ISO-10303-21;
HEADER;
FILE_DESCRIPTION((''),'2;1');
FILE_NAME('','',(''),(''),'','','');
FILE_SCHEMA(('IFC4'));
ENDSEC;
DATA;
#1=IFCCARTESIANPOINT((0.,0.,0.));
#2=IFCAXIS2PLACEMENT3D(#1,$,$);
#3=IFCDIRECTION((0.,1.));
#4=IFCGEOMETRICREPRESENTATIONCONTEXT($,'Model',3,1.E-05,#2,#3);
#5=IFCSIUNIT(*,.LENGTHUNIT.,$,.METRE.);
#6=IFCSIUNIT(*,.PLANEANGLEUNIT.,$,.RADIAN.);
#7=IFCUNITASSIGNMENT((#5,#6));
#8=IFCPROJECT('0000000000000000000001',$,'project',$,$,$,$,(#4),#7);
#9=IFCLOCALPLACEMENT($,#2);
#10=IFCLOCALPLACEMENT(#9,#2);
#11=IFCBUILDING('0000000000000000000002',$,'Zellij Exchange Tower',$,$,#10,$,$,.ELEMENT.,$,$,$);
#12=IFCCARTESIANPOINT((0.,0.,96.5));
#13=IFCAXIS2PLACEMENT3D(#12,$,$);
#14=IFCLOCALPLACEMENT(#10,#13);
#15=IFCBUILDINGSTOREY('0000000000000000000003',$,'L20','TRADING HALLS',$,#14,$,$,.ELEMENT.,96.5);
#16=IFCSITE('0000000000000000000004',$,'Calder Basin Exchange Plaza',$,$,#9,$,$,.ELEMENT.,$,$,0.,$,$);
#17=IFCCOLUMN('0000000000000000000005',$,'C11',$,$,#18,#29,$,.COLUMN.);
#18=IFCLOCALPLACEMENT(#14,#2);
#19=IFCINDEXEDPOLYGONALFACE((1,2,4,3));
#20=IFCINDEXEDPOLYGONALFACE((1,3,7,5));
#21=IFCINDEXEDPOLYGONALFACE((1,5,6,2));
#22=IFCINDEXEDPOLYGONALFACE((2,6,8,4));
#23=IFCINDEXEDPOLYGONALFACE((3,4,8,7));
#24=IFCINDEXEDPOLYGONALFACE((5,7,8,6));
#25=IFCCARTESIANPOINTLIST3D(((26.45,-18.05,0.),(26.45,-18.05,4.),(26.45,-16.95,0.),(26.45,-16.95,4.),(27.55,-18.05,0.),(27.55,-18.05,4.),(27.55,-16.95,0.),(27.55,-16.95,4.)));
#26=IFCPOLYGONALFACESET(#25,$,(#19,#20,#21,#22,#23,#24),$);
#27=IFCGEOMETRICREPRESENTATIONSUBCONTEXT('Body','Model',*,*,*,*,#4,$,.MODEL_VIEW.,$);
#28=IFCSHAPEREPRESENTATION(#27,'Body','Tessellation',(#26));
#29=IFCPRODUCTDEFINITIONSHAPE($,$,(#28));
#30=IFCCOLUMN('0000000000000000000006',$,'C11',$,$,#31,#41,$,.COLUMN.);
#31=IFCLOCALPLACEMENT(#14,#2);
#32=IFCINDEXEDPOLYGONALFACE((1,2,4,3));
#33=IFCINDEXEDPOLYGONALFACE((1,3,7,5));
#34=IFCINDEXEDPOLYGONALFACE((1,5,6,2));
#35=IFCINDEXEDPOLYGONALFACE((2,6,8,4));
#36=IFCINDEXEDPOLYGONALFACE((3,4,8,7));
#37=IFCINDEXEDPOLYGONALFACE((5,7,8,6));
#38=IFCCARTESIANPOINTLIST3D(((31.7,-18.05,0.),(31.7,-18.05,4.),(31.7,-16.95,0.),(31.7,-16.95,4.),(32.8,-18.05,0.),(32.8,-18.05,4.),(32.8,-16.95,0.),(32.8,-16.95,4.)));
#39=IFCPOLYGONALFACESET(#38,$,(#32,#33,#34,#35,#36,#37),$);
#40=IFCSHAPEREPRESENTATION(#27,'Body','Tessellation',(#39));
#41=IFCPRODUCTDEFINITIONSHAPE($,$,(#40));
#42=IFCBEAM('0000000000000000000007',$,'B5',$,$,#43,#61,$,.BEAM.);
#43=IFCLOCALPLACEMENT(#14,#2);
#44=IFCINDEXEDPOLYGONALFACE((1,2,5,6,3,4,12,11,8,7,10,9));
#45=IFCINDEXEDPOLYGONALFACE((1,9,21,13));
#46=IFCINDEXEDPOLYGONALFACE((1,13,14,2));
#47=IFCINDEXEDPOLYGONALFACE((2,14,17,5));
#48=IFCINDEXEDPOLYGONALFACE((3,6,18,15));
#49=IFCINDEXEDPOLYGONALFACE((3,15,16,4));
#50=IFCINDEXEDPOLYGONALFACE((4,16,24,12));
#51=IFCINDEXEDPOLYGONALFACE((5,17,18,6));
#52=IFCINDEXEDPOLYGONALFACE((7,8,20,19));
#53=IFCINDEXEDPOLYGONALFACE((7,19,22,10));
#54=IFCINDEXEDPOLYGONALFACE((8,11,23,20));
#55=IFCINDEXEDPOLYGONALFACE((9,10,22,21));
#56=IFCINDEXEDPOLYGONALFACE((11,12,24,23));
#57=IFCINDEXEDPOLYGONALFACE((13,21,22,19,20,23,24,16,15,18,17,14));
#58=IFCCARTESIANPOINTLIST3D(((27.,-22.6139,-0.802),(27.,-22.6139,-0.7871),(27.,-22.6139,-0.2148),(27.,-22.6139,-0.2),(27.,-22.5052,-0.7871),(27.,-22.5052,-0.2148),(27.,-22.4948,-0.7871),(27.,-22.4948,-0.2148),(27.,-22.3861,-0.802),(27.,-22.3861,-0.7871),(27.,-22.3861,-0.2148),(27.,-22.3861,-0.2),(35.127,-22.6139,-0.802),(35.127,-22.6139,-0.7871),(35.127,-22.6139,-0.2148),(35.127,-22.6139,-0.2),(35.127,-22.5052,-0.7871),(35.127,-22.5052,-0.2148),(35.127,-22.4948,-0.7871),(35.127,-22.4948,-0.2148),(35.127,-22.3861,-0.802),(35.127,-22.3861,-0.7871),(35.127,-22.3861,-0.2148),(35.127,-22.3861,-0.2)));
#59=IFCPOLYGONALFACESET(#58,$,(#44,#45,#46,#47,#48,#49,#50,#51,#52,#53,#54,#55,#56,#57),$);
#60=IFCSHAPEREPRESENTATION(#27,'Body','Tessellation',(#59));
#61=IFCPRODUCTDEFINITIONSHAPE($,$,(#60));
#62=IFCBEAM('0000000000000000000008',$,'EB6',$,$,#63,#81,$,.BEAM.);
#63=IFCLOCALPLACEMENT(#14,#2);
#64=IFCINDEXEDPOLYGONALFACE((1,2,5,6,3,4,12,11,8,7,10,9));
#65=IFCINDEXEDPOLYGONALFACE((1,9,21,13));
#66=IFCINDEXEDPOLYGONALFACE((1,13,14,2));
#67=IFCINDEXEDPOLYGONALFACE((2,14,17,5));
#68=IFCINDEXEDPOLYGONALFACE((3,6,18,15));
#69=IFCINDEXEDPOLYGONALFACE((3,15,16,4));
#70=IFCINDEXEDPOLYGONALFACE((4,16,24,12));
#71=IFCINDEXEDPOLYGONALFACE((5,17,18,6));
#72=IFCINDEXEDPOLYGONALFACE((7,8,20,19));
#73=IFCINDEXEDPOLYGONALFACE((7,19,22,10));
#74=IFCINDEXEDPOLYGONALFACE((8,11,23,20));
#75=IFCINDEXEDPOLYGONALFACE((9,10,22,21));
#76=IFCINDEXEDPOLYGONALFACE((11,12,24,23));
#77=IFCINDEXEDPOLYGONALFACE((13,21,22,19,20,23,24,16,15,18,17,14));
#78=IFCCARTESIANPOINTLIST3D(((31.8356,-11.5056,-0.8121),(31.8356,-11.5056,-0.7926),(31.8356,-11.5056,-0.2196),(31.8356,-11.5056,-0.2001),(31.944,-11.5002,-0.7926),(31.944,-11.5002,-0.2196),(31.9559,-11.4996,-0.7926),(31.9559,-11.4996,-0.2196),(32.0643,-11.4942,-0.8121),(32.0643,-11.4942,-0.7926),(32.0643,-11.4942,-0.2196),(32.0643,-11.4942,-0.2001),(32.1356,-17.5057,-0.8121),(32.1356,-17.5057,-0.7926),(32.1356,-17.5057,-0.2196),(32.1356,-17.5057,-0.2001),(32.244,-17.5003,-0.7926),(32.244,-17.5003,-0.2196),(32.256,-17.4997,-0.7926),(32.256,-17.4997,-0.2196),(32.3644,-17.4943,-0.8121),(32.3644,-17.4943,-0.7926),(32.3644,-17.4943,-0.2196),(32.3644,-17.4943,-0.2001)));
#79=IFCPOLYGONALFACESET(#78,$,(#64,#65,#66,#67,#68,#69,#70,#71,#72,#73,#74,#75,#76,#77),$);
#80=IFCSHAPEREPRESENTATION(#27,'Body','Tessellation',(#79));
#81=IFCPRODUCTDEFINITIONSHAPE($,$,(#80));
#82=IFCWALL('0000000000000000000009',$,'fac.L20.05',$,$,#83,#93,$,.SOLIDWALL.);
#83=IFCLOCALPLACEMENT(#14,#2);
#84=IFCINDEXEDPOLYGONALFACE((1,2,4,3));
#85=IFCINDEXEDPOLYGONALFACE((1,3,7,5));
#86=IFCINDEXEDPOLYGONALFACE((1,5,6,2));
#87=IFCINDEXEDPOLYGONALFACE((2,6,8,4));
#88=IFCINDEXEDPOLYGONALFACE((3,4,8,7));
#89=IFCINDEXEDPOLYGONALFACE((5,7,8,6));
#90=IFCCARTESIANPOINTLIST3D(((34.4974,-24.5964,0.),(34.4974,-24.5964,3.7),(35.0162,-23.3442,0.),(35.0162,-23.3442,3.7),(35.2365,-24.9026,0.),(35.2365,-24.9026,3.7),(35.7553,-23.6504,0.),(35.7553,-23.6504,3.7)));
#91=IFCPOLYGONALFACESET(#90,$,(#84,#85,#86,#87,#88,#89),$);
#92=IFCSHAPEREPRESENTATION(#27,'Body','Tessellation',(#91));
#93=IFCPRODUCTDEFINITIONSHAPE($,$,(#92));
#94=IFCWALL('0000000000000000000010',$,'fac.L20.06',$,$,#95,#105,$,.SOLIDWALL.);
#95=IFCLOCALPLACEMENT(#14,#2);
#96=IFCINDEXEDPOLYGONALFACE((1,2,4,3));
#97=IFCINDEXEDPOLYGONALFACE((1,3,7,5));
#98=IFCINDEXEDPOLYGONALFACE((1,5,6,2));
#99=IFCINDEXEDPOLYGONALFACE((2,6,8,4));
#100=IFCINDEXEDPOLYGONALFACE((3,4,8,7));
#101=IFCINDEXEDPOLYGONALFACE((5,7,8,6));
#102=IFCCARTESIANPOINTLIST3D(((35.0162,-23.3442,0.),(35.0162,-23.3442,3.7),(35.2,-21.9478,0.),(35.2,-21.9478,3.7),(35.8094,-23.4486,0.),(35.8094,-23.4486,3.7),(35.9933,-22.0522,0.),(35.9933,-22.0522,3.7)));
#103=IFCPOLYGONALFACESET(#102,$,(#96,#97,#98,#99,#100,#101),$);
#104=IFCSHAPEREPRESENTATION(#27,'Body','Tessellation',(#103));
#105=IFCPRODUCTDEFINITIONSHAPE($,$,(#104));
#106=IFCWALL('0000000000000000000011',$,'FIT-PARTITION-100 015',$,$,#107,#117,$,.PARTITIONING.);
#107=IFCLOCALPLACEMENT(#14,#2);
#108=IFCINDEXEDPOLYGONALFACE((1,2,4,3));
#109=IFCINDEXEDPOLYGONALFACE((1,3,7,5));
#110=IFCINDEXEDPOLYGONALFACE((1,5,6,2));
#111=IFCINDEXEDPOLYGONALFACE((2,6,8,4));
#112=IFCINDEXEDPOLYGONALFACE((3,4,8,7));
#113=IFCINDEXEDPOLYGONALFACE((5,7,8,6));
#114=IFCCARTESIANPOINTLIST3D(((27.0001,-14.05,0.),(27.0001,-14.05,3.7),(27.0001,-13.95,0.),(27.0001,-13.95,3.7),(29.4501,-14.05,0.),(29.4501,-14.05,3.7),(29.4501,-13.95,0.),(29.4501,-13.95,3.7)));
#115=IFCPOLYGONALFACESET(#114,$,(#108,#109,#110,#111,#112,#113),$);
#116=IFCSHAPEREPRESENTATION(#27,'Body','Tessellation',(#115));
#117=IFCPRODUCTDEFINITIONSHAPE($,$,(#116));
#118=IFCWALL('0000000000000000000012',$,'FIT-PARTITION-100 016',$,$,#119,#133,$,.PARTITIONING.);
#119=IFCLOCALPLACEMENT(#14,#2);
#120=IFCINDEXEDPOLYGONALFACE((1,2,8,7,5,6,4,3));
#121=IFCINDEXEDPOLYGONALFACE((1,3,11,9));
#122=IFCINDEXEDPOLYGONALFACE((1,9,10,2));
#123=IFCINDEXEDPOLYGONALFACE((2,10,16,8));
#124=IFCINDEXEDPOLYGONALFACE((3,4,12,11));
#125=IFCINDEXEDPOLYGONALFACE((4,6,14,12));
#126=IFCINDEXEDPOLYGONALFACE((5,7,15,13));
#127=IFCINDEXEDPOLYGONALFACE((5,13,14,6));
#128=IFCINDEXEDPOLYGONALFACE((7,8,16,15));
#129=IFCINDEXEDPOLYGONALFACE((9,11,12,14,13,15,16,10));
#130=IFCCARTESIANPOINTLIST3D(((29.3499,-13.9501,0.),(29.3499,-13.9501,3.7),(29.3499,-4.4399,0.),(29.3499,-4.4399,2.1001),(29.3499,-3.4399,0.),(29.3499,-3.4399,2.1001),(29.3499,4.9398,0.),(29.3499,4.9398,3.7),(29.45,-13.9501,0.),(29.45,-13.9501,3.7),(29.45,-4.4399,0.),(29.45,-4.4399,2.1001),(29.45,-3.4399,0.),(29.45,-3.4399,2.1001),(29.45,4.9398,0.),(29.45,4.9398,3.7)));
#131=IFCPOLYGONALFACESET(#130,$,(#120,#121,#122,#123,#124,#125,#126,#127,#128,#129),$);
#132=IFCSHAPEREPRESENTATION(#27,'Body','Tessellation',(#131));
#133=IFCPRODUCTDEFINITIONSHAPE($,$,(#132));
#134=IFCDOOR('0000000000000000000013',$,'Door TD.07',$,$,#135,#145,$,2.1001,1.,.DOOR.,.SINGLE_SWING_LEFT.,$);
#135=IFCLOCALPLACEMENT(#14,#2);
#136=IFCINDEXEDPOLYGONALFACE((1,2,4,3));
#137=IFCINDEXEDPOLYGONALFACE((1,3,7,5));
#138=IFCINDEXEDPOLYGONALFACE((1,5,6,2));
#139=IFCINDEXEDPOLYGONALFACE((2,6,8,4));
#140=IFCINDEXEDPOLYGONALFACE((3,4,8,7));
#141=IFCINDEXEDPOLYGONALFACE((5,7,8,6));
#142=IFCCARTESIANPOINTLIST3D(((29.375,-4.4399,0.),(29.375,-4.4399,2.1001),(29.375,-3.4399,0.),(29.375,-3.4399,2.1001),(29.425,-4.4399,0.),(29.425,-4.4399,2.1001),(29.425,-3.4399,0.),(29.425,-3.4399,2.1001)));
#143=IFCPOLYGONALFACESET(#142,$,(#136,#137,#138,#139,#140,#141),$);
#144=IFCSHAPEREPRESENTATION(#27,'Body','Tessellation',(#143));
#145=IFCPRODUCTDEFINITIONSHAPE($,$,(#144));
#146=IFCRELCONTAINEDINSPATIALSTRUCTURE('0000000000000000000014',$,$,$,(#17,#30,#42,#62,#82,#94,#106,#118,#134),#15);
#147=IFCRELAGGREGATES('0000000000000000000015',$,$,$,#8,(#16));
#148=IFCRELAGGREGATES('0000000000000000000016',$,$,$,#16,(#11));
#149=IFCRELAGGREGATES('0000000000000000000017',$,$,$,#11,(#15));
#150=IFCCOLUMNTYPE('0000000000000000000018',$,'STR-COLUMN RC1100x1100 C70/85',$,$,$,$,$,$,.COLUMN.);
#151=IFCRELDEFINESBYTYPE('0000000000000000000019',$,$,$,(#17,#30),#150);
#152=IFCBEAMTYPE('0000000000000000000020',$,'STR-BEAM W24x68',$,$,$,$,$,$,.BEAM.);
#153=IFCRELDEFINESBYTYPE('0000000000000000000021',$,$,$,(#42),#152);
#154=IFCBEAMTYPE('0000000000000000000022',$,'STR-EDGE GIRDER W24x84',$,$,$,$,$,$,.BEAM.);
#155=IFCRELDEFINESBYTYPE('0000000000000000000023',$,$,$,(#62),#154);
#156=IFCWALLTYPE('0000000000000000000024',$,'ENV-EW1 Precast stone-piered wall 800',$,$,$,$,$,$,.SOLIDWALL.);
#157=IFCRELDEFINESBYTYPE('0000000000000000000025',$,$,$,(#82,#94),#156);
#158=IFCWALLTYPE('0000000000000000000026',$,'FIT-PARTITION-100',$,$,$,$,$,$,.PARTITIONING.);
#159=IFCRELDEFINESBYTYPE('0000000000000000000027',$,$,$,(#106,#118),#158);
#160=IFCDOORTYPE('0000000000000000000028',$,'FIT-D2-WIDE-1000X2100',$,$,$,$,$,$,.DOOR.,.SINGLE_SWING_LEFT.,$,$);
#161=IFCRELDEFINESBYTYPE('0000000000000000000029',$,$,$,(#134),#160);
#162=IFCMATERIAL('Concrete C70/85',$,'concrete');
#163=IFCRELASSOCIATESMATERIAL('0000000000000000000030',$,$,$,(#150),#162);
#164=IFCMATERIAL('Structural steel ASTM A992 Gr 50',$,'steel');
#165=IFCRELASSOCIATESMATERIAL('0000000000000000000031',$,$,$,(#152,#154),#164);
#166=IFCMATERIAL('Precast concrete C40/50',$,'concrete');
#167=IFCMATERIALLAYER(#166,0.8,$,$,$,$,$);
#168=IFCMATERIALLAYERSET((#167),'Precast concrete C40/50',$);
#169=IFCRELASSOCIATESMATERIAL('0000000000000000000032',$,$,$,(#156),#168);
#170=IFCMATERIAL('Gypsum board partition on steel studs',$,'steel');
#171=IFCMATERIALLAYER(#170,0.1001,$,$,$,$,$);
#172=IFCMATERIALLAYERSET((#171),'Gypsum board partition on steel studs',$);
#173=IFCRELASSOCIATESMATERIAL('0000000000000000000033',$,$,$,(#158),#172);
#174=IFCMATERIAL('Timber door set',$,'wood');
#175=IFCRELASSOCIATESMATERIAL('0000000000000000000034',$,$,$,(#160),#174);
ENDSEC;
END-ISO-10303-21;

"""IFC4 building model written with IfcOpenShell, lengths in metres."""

from ifc_helpers import new_model, si_unit, direction, frame, frame_2d, origin, origin_2d, place, context, subcontext, project, spatial, rectangle, i_section, extrude, material, layer, layer_set, material_profile, profile_set, type_object, element, fill, save


model = new_model("IFC4")

# Units and contexts
model_context = context("Model", 3, precision=1e-05, world=origin(), true_north=direction((0.0, 1.0)))
body_context = subcontext(model_context, "Body", "Model", "MODEL_VIEW")
ifc_project = project(units=[si_unit("LENGTHUNIT", "METRE"), si_unit("PLANEANGLEUNIT", "RADIAN")], contexts=[model_context])

# Site, building, storey
site_placement = place(None, origin())
site = spatial("IfcSite", under=ifc_project, at=site_placement, Name="Calder Basin Exchange Plaza", CompositionType="ELEMENT", RefElevation=0.0)
building_placement = place(site_placement, origin())
building = spatial("IfcBuilding", under=site, at=building_placement, Name="Zellij Exchange Tower", CompositionType="ELEMENT")
storey_placement = place(building_placement, frame((0.0, 0.0, 96.5)))
storey = spatial("IfcBuildingStorey", under=building, at=storey_placement, Name="L20", Description="TRADING HALLS", CompositionType="ELEMENT", Elevation=96.5)

# Columns
ifc_material_1 = material(Name="Concrete C70/85", Category="concrete")
ifc_material_profile_1 = material_profile(ifc_material_1, rectangle(XDim=1.1001, YDim=1.1001, at=origin_2d()), Name="STR-COLUMN RC1100x1100 C70/85")
ifc_profile_set_1 = profile_set([ifc_material_profile_1], Name="Concrete C70/85")
column_type = type_object("IfcColumnType", Name="STR-COLUMN RC1100x1100 C70/85", PredefinedType="COLUMN", material=ifc_profile_set_1)
for number, where, z_axis, x_axis, name in (
    (1, (27.0, -17.5, 0.0), (0.0, 0.0, 1.0), (1.0, 0.0, 0.0), "C11"),
    (2, (32.25, -17.5, 0.0), (0.0, 0.0, 1.0), (1.0, 0.0, 0.0), "C11"),
):
    element("IfcColumn", number, at=place(storey_placement, frame(where, z_axis=z_axis, x_axis=x_axis)), inside=storey, type_object=column_type, Name=name, PredefinedType="COLUMN", context=body_context, shape_type="SweptSolid", body=[
        extrude(rectangle(XDim=1.1001, YDim=1.1001, at=origin_2d()), origin(), (0.0, 0.0, 1.0), 4.0),
    ])

# Beams
ifc_material_2 = material(Name="Structural steel ASTM A992 Gr 50", Category="steel")
ifc_material_profile_2 = material_profile(ifc_material_2, i_section(OverallWidth=0.2278, OverallDepth=0.6021, WebThickness=0.0105, FlangeThickness=0.0149, at=origin_2d()), Name="W24x68")
ifc_profile_set_2 = profile_set([ifc_material_profile_2], Name="Structural steel ASTM A992 Gr 50")
beam_type_1 = type_object("IfcBeamType", Name="STR-BEAM W24x68", PredefinedType="BEAM", material=ifc_profile_set_2)
beam_1_placement = place(storey_placement, frame((27.0, -22.5, -0.501), z_axis=(1.0, 0.0, 0.0), x_axis=(0.0, 1.0, 0.0)))
element("IfcBeam", 3, at=beam_1_placement, inside=storey, type_object=beam_type_1, Name="B5", PredefinedType="BEAM", context=body_context, shape_type="SweptSolid", body=[
    extrude(i_section(OverallWidth=0.2278, OverallDepth=0.6021, WebThickness=0.0105, FlangeThickness=0.0149, at=origin_2d()), origin(), (0.0, 0.0, 1.0), 8.127),
])
ifc_material_profile_3 = material_profile(ifc_material_2, i_section(OverallWidth=0.229, OverallDepth=0.6121, WebThickness=0.012, FlangeThickness=0.0195, at=origin_2d()), Name="W24x84")
ifc_profile_set_3 = profile_set([ifc_material_profile_3], Name="Structural steel ASTM A992 Gr 50")
beam_type_2 = type_object("IfcBeamType", Name="STR-EDGE GIRDER W24x84", PredefinedType="BEAM", material=ifc_profile_set_3)
beam_2_placement = place(storey_placement, frame((32.25, -17.5, -0.5061), z_axis=(-0.049946, 0.998752, 0.0), x_axis=(-0.998752, -0.049946, 0.0)))
element("IfcBeam", 4, at=beam_2_placement, inside=storey, type_object=beam_type_2, Name="EB6", PredefinedType="BEAM", context=body_context, shape_type="SweptSolid", body=[
    extrude(i_section(OverallWidth=0.229, OverallDepth=0.6121, WebThickness=0.012, FlangeThickness=0.0195, at=origin_2d()), origin(), (0.0, 0.0, 1.0), 6.0076),
])

# Walls
ifc_material_3 = material(Name="Precast concrete C40/50", Category="concrete")
ifc_layer_1 = layer(ifc_material_3, 0.8)
ifc_layer_set_1 = layer_set([ifc_layer_1], Name="Precast concrete C40/50")
wall_type_1 = type_object("IfcWallType", Name="ENV-EW1 Precast stone-piered wall 800", PredefinedType="SOLIDWALL", material=ifc_layer_set_1)
wall_1_placement = place(storey_placement, frame((34.8669, -24.7495, 0.0), z_axis=(0.0, 0.0, 1.0), x_axis=(0.38276, 0.923848, 0.0)))
element("IfcWall", 5, at=wall_1_placement, inside=storey, type_object=wall_type_1, Name="fac.L20.05", PredefinedType="SOLIDWALL", context=body_context, shape_type="SweptSolid", body=[
    extrude(rectangle(XDim=1.3555, YDim=0.8, at=frame_2d((0.6777, 0.0))), origin(), (0.0, 0.0, 1.0), 3.7),
])
wall_2_placement = place(storey_placement, frame((35.4128, -23.3962, 0.0), z_axis=(0.0, 0.0, 1.0), x_axis=(0.130517, 0.991446, 0.0)))
element("IfcWall", 6, at=wall_2_placement, inside=storey, type_object=wall_type_1, Name="fac.L20.06", PredefinedType="SOLIDWALL", context=body_context, shape_type="SweptSolid", body=[
    extrude(rectangle(XDim=1.4084, YDim=0.8, at=frame_2d((0.7041, 0.0))), origin(), (0.0, 0.0, 1.0), 3.7),
])

# Wall
ifc_material_4 = material(Name="Gypsum board partition on steel studs", Category="steel")
ifc_layer_2 = layer(ifc_material_4, 0.1001)
ifc_layer_set_2 = layer_set([ifc_layer_2], Name="Gypsum board partition on steel studs")
wall_type_2 = type_object("IfcWallType", Name="FIT-PARTITION-100", PredefinedType="PARTITIONING", material=ifc_layer_set_2)
wall_3_placement = place(storey_placement, frame((27.0, -14.0, 0.0), z_axis=(0.0, 0.0, 1.0), x_axis=(1.0, 0.0, 0.0)))
element("IfcWall", 7, at=wall_3_placement, inside=storey, type_object=wall_type_2, Name="FIT-PARTITION-100 015", PredefinedType="PARTITIONING", context=body_context, shape_type="SweptSolid", body=[
    extrude(rectangle(XDim=2.45, YDim=0.1001, at=frame_2d((1.2251, 0.0))), origin(), (0.0, 0.0, 1.0), 3.7),
])

# Wall, opening, door
wall_4_placement = place(storey_placement, frame((29.3999, -13.95, 0.0), z_axis=(0.0, 0.0, 1.0), x_axis=(0.0, 1.0, 0.0)))
wall_4 = element("IfcWall", 8, at=wall_4_placement, inside=storey, type_object=wall_type_2, Name="FIT-PARTITION-100 016", PredefinedType="PARTITIONING", context=body_context, shape_type="SweptSolid", body=[
    extrude(rectangle(XDim=18.8899, YDim=0.1001, at=frame_2d((9.4448, 0.0))), origin(), (0.0, 0.0, 1.0), 3.7),
])
opening_1_placement = place(wall_4_placement, frame((9.51, 0.0, 0.0)))
opening_1 = element("IfcOpeningElement", 9, at=opening_1_placement, cuts=wall_4, PredefinedType="OPENING", context=body_context, shape_type="SweptSolid", body=[
    extrude(rectangle(XDim=1.0, YDim=2.1001, at=frame_2d((0.5, 1.05))), frame((0.0, 0.062, 0.0), z_axis=(0.0, -1.0, 0.0), x_axis=(1.0, 0.0, 0.0)), (0.0, 0.0, 1.0), 0.124),
])
ifc_material_5 = material(Name="Timber door set", Category="wood")
door_type = type_object("IfcDoorType", Name="FIT-D2-WIDE-1000X2100", OperationType="SINGLE_SWING_LEFT", PredefinedType="DOOR", material=ifc_material_5)
door_placement = place(opening_1_placement, origin())
door = element("IfcDoor", 10, at=door_placement, inside=storey, type_object=door_type, Name="Door TD.07", OperationType="SINGLE_SWING_LEFT", OverallHeight=2.1001, OverallWidth=1.0, PredefinedType="DOOR", context=body_context, shape_type="SweptSolid", body=[
    extrude(rectangle(XDim=1.0, YDim=2.1001, at=frame_2d((0.5, 1.05))), frame((0.0, 0.0249, 0.0), z_axis=(0.0, -1.0, 0.0), x_axis=(1.0, 0.0, 0.0)), (0.0, 0.0, 1.0), 0.05),
])
fill(opening_1, door)

save(model, "model.ifc")
